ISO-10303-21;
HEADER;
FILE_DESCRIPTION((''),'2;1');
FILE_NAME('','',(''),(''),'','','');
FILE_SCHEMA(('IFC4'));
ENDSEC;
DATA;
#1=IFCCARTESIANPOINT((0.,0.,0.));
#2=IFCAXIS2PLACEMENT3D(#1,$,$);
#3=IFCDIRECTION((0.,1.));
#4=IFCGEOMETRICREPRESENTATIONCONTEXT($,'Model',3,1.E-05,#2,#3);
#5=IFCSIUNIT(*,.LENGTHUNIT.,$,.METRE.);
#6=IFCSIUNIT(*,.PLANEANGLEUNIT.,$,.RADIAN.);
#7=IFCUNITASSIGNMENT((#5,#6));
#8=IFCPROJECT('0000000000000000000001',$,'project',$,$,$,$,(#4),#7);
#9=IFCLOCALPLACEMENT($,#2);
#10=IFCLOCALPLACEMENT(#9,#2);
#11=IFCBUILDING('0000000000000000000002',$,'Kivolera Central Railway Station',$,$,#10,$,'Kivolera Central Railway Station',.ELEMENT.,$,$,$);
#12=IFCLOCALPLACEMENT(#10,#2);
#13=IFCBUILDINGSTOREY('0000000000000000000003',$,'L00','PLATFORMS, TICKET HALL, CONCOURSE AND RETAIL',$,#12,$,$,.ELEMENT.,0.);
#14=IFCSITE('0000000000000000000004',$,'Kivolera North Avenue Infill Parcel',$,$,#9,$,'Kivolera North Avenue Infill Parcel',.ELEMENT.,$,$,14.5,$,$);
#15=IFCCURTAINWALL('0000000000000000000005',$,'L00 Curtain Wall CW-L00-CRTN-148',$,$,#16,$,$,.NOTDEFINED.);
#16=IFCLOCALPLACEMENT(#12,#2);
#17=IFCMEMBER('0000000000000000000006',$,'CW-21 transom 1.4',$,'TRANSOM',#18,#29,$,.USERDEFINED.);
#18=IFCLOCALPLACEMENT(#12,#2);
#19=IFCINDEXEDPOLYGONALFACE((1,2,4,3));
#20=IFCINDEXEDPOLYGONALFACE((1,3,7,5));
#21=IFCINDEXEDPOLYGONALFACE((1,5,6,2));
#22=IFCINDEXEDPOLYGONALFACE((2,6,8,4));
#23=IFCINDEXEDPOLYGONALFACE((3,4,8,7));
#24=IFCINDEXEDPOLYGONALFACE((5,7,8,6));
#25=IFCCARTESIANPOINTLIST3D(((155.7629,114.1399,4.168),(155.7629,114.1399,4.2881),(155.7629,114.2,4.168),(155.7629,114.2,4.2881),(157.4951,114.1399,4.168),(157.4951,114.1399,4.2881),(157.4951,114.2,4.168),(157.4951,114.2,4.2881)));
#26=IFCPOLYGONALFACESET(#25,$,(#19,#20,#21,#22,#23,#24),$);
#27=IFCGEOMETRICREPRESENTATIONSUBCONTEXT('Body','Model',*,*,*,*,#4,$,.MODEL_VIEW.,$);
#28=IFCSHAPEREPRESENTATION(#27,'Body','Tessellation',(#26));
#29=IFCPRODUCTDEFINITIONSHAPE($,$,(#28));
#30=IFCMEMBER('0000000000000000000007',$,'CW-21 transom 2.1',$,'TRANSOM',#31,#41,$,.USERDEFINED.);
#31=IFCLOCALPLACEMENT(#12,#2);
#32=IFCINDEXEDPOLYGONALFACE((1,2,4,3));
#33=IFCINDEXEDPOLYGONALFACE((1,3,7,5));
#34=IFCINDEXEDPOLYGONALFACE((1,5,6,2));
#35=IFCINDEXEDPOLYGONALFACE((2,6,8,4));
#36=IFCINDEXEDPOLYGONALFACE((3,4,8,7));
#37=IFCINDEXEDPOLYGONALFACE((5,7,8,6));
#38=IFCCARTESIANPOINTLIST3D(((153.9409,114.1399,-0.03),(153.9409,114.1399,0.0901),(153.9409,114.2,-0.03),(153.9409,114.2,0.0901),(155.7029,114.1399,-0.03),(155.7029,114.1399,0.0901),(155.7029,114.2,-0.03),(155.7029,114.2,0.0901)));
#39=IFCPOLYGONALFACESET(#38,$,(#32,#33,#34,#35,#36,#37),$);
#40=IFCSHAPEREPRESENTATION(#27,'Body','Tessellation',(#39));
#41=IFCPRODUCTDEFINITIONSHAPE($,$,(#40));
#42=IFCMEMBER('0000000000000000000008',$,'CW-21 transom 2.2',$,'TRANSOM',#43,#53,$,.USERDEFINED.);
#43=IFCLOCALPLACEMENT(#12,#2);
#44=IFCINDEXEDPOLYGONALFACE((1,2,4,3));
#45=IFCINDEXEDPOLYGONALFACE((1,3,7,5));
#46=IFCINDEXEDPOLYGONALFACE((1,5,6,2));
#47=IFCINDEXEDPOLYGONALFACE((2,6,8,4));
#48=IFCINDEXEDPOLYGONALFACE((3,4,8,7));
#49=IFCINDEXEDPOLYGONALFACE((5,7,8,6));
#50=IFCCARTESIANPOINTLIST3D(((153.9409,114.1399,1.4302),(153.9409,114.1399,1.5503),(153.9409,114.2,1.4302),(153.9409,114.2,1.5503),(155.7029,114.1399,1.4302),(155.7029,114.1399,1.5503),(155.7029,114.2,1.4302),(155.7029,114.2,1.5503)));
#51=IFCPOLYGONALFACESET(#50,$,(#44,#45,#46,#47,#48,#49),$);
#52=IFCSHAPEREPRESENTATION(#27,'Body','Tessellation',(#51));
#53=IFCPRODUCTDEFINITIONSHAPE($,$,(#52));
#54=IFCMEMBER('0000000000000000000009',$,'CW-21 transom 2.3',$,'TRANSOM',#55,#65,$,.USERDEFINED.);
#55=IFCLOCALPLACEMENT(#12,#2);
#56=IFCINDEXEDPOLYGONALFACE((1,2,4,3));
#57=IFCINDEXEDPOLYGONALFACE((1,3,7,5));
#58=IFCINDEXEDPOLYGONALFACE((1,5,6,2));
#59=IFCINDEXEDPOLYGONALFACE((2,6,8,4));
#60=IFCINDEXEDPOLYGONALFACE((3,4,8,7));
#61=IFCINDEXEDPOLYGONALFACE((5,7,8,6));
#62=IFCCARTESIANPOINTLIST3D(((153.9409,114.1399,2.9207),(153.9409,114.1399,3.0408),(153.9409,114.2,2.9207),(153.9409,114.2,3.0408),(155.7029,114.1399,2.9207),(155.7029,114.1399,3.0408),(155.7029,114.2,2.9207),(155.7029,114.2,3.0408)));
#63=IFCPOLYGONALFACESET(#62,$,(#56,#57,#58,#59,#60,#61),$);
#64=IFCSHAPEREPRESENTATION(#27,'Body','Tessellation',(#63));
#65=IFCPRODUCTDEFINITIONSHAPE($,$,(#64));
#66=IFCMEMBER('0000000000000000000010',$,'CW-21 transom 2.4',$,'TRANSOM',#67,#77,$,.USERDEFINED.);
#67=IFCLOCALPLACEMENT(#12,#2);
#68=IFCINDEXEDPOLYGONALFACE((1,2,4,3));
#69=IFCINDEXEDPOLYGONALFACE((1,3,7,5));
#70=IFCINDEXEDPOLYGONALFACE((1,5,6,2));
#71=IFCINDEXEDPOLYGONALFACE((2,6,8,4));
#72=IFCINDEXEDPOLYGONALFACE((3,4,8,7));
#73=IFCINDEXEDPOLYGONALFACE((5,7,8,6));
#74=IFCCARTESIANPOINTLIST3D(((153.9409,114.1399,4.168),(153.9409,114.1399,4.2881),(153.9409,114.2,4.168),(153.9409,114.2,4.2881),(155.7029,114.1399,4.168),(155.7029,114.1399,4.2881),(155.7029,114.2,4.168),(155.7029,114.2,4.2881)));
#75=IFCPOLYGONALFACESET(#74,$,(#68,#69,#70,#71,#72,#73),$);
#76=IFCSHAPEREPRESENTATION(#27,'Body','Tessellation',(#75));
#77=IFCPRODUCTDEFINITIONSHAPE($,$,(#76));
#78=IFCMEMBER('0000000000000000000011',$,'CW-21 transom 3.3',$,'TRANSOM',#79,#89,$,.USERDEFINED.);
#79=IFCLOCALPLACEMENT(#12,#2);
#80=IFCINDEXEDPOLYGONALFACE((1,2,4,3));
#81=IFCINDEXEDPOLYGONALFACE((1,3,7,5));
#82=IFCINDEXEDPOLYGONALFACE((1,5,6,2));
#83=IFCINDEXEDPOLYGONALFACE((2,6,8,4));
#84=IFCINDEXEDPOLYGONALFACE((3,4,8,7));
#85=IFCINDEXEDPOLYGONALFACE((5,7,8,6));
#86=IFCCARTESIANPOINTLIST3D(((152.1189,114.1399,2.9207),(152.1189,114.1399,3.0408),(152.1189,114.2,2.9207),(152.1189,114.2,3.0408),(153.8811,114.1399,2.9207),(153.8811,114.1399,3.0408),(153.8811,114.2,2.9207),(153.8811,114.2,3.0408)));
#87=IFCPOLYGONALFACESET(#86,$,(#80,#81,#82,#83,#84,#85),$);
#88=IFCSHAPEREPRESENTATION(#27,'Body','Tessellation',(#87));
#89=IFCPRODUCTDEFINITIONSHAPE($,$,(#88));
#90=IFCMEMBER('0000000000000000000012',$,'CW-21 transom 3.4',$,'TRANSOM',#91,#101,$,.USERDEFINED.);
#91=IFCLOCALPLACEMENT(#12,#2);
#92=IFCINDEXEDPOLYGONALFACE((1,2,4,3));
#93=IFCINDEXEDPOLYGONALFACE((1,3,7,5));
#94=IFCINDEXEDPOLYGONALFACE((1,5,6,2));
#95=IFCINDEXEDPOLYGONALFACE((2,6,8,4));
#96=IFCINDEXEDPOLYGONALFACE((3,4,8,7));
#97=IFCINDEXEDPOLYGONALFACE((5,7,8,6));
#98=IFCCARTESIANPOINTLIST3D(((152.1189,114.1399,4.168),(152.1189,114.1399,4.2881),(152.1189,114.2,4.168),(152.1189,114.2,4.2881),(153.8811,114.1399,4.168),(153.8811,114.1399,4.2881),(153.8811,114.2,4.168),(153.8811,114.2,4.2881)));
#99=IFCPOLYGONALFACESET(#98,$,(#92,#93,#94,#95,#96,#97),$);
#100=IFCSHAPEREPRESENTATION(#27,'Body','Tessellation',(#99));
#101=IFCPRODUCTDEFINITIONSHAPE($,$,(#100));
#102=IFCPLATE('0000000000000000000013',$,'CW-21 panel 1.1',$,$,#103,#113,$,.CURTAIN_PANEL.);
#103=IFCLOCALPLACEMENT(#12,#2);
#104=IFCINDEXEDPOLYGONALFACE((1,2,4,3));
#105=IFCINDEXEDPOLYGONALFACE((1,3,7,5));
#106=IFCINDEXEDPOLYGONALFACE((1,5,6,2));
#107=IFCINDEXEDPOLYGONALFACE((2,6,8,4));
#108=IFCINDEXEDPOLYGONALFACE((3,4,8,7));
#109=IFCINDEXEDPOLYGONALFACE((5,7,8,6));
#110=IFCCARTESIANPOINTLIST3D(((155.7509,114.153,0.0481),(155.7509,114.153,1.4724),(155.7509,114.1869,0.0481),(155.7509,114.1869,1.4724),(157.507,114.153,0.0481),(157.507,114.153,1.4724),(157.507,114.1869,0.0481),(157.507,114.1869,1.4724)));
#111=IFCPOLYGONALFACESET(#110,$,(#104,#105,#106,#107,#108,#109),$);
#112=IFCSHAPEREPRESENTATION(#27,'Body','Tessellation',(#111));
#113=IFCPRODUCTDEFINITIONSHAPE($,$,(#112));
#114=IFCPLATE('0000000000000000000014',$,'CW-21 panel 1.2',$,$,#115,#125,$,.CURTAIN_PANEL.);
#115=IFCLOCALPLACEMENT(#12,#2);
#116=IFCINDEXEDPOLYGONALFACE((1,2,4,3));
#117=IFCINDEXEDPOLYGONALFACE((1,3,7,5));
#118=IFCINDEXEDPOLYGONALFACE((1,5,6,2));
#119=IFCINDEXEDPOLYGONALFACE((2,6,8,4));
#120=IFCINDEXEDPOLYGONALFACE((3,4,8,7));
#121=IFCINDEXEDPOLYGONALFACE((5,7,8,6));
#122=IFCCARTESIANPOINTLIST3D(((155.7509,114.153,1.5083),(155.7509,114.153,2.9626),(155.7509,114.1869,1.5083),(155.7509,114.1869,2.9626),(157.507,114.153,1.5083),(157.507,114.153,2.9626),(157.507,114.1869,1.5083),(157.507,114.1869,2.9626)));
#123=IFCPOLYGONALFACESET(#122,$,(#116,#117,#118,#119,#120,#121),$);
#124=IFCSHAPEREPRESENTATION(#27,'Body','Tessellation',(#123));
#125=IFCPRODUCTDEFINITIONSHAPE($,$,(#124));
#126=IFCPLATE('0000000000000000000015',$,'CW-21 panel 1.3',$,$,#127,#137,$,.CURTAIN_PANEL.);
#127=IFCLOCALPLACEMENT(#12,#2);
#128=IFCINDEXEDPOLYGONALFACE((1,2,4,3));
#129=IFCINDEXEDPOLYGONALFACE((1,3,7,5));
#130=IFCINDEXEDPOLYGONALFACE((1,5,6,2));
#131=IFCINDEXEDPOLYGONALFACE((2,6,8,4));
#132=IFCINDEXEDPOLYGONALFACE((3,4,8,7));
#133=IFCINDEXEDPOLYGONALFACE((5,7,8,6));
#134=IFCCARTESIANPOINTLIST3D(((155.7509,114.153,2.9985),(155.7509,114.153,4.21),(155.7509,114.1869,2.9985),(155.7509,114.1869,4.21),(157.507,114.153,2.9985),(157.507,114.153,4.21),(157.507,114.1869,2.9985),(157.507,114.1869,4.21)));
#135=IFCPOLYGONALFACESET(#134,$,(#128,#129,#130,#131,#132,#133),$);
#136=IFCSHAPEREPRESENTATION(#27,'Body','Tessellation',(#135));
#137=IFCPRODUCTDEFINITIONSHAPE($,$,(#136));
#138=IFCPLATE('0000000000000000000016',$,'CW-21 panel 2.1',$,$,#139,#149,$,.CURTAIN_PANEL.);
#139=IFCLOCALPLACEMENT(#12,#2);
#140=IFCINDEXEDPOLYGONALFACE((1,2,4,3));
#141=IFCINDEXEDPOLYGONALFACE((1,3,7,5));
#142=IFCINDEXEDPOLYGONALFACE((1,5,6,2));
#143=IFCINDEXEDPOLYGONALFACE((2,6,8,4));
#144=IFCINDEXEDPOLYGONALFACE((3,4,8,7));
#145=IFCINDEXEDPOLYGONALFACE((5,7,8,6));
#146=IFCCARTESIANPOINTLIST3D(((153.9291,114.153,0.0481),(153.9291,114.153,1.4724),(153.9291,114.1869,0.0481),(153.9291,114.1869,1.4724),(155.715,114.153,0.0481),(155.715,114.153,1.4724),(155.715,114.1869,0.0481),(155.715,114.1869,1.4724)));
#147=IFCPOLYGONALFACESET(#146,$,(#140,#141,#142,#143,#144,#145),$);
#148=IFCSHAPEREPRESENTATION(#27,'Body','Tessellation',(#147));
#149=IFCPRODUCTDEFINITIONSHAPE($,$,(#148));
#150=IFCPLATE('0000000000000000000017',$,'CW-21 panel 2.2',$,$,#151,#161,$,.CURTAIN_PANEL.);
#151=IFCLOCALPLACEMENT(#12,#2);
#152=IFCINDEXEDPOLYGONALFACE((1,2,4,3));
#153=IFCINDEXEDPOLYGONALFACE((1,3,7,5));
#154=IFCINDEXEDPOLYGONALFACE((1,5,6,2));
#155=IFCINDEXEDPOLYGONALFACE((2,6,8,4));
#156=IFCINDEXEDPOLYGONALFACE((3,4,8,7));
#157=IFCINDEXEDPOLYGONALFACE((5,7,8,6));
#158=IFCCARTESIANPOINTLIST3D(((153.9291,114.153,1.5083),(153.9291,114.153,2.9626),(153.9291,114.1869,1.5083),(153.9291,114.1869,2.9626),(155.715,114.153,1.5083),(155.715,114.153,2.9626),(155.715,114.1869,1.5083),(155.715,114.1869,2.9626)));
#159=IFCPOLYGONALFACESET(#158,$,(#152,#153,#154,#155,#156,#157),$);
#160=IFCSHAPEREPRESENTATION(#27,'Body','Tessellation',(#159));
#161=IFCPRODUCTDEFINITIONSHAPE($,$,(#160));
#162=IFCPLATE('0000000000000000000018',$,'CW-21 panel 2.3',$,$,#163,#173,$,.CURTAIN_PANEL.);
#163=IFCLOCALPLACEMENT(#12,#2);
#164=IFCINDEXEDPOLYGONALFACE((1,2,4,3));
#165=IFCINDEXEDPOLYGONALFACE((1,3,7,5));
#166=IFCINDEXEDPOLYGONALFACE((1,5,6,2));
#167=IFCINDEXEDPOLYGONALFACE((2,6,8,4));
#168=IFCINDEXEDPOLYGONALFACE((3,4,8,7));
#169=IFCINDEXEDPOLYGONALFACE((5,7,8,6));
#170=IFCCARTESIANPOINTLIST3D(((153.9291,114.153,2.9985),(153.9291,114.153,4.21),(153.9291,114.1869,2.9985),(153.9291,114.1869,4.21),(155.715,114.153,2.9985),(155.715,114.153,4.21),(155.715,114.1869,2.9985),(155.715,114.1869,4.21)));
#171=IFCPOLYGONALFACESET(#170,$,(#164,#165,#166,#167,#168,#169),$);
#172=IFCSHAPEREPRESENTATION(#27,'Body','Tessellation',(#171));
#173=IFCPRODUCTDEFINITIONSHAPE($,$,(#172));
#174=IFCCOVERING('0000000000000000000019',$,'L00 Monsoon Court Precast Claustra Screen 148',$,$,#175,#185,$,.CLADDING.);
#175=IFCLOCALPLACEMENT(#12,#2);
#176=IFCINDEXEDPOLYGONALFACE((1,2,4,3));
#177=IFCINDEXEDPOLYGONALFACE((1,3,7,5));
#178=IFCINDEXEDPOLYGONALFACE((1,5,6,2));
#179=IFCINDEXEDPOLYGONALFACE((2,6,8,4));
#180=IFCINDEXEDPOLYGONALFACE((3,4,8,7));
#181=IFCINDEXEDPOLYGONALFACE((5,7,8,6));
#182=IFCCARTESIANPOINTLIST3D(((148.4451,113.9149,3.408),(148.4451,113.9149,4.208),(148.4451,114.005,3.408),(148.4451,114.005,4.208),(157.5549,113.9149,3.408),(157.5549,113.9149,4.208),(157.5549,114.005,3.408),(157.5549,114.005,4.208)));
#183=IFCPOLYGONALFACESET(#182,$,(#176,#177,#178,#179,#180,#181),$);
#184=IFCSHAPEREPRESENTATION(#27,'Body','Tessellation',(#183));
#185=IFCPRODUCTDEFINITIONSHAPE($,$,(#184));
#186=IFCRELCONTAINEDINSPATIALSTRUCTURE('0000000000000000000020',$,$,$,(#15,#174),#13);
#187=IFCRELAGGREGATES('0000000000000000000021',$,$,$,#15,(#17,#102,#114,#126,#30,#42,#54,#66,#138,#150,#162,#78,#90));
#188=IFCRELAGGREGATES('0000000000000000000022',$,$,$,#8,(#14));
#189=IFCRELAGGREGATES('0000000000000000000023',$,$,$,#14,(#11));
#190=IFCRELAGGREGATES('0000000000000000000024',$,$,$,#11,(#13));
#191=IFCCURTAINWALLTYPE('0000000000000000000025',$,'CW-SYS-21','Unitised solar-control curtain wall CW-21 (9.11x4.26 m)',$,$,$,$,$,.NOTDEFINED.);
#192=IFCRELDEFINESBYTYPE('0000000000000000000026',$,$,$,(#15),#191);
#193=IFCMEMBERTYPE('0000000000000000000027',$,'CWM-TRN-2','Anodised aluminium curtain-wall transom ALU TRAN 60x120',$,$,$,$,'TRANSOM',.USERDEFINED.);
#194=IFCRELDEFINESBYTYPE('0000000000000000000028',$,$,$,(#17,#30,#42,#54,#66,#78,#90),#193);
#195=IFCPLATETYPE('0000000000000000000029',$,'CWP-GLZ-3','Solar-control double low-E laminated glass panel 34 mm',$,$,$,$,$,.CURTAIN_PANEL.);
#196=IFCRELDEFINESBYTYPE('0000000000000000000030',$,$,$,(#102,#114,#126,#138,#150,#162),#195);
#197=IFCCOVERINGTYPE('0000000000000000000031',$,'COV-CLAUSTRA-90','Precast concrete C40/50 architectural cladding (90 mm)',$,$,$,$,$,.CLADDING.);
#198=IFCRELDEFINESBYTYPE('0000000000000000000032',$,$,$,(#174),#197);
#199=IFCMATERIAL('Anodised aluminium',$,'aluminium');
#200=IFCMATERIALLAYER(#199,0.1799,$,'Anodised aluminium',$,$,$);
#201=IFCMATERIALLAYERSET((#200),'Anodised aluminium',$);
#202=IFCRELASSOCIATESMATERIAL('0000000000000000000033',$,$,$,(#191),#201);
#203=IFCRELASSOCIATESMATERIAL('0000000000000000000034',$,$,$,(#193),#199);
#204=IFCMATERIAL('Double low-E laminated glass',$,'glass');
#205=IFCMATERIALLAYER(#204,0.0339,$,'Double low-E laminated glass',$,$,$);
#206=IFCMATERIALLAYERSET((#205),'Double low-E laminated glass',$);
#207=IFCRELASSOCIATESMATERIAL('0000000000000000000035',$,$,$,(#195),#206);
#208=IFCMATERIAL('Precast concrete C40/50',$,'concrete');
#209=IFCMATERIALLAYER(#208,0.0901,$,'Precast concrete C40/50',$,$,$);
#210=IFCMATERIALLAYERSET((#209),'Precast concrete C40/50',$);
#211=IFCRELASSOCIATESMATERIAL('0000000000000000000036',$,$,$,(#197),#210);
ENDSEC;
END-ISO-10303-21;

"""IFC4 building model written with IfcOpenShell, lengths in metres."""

from ifc_helpers import new_model, si_unit, direction, frame, frame_2d, origin, origin_2d, place, context, subcontext, project, spatial, rectangle, extrude, material, layer, layer_set, material_profile, profile_set, type_object, element, aggregate, save


model = new_model("IFC4")

# Units and contexts
model_context = context("Model", 3, precision=1e-05, world=origin(), true_north=direction((0.0, 1.0)))
body_context = subcontext(model_context, "Body", "Model", "MODEL_VIEW")
ifc_project = project(units=[si_unit("LENGTHUNIT", "METRE"), si_unit("PLANEANGLEUNIT", "RADIAN")], contexts=[model_context])

# Site, building, storey
site_placement = place(None, origin())
site = spatial("IfcSite", under=ifc_project, at=site_placement, Name="Kivolera North Avenue Infill Parcel", LongName="Kivolera North Avenue Infill Parcel", CompositionType="ELEMENT", RefElevation=14.5)
building_placement = place(site_placement, origin())
building = spatial("IfcBuilding", under=site, at=building_placement, Name="Kivolera Central Railway Station", LongName="Kivolera Central Railway Station", CompositionType="ELEMENT")
storey_placement = place(building_placement, origin())
storey = spatial("IfcBuildingStorey", under=building, at=storey_placement, Name="L00", Description="PLATFORMS, TICKET HALL, CONCOURSE AND RETAIL", CompositionType="ELEMENT", Elevation=0.0)

# Curtain wall
ifc_material_1 = material(Name="Anodised aluminium", Category="aluminium")
ifc_layer_1 = layer(ifc_material_1, 0.1799, Name="Anodised aluminium")
ifc_layer_set_1 = layer_set([ifc_layer_1], Name="Anodised aluminium")
curtain_wall_type = type_object("IfcCurtainWallType", Name="CW-SYS-21", Description="Unitised solar-control curtain wall CW-21 (9.11x4.26 m)", PredefinedType="NOTDEFINED", material=ifc_layer_set_1)
curtain_wall_1_placement = place(storey_placement, origin())
curtain_wall_1 = element("IfcCurtainWall", 1, at=curtain_wall_1_placement, inside=storey, type_object=curtain_wall_type, Name="L00 Curtain Wall CW-L00-CRTN-148", PredefinedType="NOTDEFINED")

# Members
ifc_material_profile_1 = material_profile(ifc_material_1, rectangle(XDim=0.0601, YDim=0.1201, at=origin_2d()), Name="ALU TRAN 60x120")
ifc_profile_set_1 = profile_set([ifc_material_profile_1], Name="Anodised aluminium")
member_type_1 = type_object("IfcMemberType", Name="CWM-TRN-2", Description="Anodised aluminium curtain-wall transom ALU TRAN 60x120", ElementType="TRANSOM", PredefinedType="USERDEFINED", material=ifc_profile_set_1)
member_1_placement = place(storey_placement, frame((157.4951, 114.1699, 4.228), z_axis=(-1.0, 0.0, 0.0), x_axis=(0.0, -1.0, 0.0)))
member_1 = element("IfcMember", 2, at=member_1_placement, type_object=member_type_1, Name="CW-21 transom 1.4", ObjectType="TRANSOM", PredefinedType="USERDEFINED", context=body_context, shape_type="SweptSolid", body=[
    extrude(rectangle(XDim=0.0601, YDim=0.1201, at=origin_2d()), origin(), (0.0, 0.0, 1.0), 1.7322),
])
member_2_placement = place(storey_placement, frame((155.7029, 114.1699, 0.03), z_axis=(-1.0, 0.0, 0.0), x_axis=(0.0, -1.0, 0.0)))
member_2 = element("IfcMember", 3, at=member_2_placement, type_object=member_type_1, Name="CW-21 transom 2.1", ObjectType="TRANSOM", PredefinedType="USERDEFINED", context=body_context, shape_type="SweptSolid", body=[
    extrude(rectangle(XDim=0.0601, YDim=0.1201, at=origin_2d()), origin(), (0.0, 0.0, 1.0), 1.762),
])
member_3_placement = place(storey_placement, frame((155.7029, 114.1699, 1.4902), z_axis=(-1.0, 0.0, 0.0), x_axis=(0.0, -1.0, 0.0)))
member_3 = element("IfcMember", 4, at=member_3_placement, type_object=member_type_1, Name="CW-21 transom 2.2", ObjectType="TRANSOM", PredefinedType="USERDEFINED", context=body_context, shape_type="SweptSolid", body=[
    extrude(rectangle(XDim=0.0601, YDim=0.1201, at=origin_2d()), origin(), (0.0, 0.0, 1.0), 1.762),
])
member_4_placement = place(storey_placement, frame((155.7029, 114.1699, 2.9807), z_axis=(-1.0, 0.0, 0.0), x_axis=(0.0, -1.0, 0.0)))
member_4 = element("IfcMember", 5, at=member_4_placement, type_object=member_type_1, Name="CW-21 transom 2.3", ObjectType="TRANSOM", PredefinedType="USERDEFINED", context=body_context, shape_type="SweptSolid", body=[
    extrude(rectangle(XDim=0.0601, YDim=0.1201, at=origin_2d()), origin(), (0.0, 0.0, 1.0), 1.762),
])
member_5_placement = place(storey_placement, frame((155.7029, 114.1699, 4.228), z_axis=(-1.0, 0.0, 0.0), x_axis=(0.0, -1.0, 0.0)))
member_5 = element("IfcMember", 6, at=member_5_placement, type_object=member_type_1, Name="CW-21 transom 2.4", ObjectType="TRANSOM", PredefinedType="USERDEFINED", context=body_context, shape_type="SweptSolid", body=[
    extrude(rectangle(XDim=0.0601, YDim=0.1201, at=origin_2d()), origin(), (0.0, 0.0, 1.0), 1.762),
])
member_6_placement = place(storey_placement, frame((153.8811, 114.1699, 2.9807), z_axis=(-1.0, 0.0, 0.0), x_axis=(0.0, -1.0, 0.0)))
member_6 = element("IfcMember", 7, at=member_6_placement, type_object=member_type_1, Name="CW-21 transom 3.3", ObjectType="TRANSOM", PredefinedType="USERDEFINED", context=body_context, shape_type="SweptSolid", body=[
    extrude(rectangle(XDim=0.0601, YDim=0.1201, at=origin_2d()), origin(), (0.0, 0.0, 1.0), 1.7622),
])
member_7_placement = place(storey_placement, frame((153.8811, 114.1699, 4.228), z_axis=(-1.0, 0.0, 0.0), x_axis=(0.0, -1.0, 0.0)))
member_7 = element("IfcMember", 8, at=member_7_placement, type_object=member_type_1, Name="CW-21 transom 3.4", ObjectType="TRANSOM", PredefinedType="USERDEFINED", context=body_context, shape_type="SweptSolid", body=[
    extrude(rectangle(XDim=0.0601, YDim=0.1201, at=origin_2d()), origin(), (0.0, 0.0, 1.0), 1.7622),
])

# Plates
ifc_material_2 = material(Name="Double low-E laminated glass", Category="glass")
ifc_layer_2 = layer(ifc_material_2, 0.0339, Name="Double low-E laminated glass")
ifc_layer_set_2 = layer_set([ifc_layer_2], Name="Double low-E laminated glass")
plate_type = type_object("IfcPlateType", Name="CWP-GLZ-3", Description="Solar-control double low-E laminated glass panel 34 mm", PredefinedType="CURTAIN_PANEL", material=ifc_layer_set_2)
plate_1_placement = place(storey_placement, frame((156.6289, 114.1699, 0.0481), z_axis=(0.0, 0.0, 1.0), x_axis=(-1.0, 0.0, 0.0)))
plate_1 = element("IfcPlate", 9, at=plate_1_placement, type_object=plate_type, Name="CW-21 panel 1.1", PredefinedType="CURTAIN_PANEL", context=body_context, shape_type="SweptSolid", body=[
    extrude(rectangle(XDim=1.7561, YDim=0.0339, at=origin_2d()), origin(), (0.0, 0.0, 1.0), 1.4243),
])
plate_2_placement = place(storey_placement, frame((156.6289, 114.1699, 1.5083), z_axis=(0.0, 0.0, 1.0), x_axis=(-1.0, 0.0, 0.0)))
plate_2 = element("IfcPlate", 10, at=plate_2_placement, type_object=plate_type, Name="CW-21 panel 1.2", PredefinedType="CURTAIN_PANEL", context=body_context, shape_type="SweptSolid", body=[
    extrude(rectangle(XDim=1.7561, YDim=0.0339, at=origin_2d()), origin(), (0.0, 0.0, 1.0), 1.4543),
])
plate_3_placement = place(storey_placement, frame((156.6289, 114.1699, 2.9985), z_axis=(0.0, 0.0, 1.0), x_axis=(-1.0, 0.0, 0.0)))
plate_3 = element("IfcPlate", 11, at=plate_3_placement, type_object=plate_type, Name="CW-21 panel 1.3", PredefinedType="CURTAIN_PANEL", context=body_context, shape_type="SweptSolid", body=[
    extrude(rectangle(XDim=1.7561, YDim=0.0339, at=origin_2d()), origin(), (0.0, 0.0, 1.0), 1.2114),
])
plate_4_placement = place(storey_placement, frame((154.822, 114.1699, 0.0481), z_axis=(0.0, 0.0, 1.0), x_axis=(-1.0, 0.0, 0.0)))
plate_4 = element("IfcPlate", 12, at=plate_4_placement, type_object=plate_type, Name="CW-21 panel 2.1", PredefinedType="CURTAIN_PANEL", context=body_context, shape_type="SweptSolid", body=[
    extrude(rectangle(XDim=1.7859, YDim=0.0339, at=origin_2d()), origin(), (0.0, 0.0, 1.0), 1.4243),
])
plate_5_placement = place(storey_placement, frame((154.822, 114.1699, 1.5083), z_axis=(0.0, 0.0, 1.0), x_axis=(-1.0, 0.0, 0.0)))
plate_5 = element("IfcPlate", 13, at=plate_5_placement, type_object=plate_type, Name="CW-21 panel 2.2", PredefinedType="CURTAIN_PANEL", context=body_context, shape_type="SweptSolid", body=[
    extrude(rectangle(XDim=1.7859, YDim=0.0339, at=origin_2d()), origin(), (0.0, 0.0, 1.0), 1.4543),
])
plate_6_placement = place(storey_placement, frame((154.822, 114.1699, 2.9985), z_axis=(0.0, 0.0, 1.0), x_axis=(-1.0, 0.0, 0.0)))
plate_6 = element("IfcPlate", 14, at=plate_6_placement, type_object=plate_type, Name="CW-21 panel 2.3", PredefinedType="CURTAIN_PANEL", context=body_context, shape_type="SweptSolid", body=[
    extrude(rectangle(XDim=1.7859, YDim=0.0339, at=origin_2d()), origin(), (0.0, 0.0, 1.0), 1.2114),
])
aggregate(curtain_wall_1, [member_1, plate_1, plate_2, plate_3, member_2, member_3, member_4, member_5, plate_4, plate_5, plate_6, member_6, member_7])

# Covering
ifc_material_3 = material(Name="Precast concrete C40/50", Category="concrete")
ifc_layer_3 = layer(ifc_material_3, 0.0901, Name="Precast concrete C40/50")
ifc_layer_set_3 = layer_set([ifc_layer_3], Name="Precast concrete C40/50")
covering_type = type_object("IfcCoveringType", Name="COV-CLAUSTRA-90", Description="Precast concrete C40/50 architectural cladding (90 mm)", PredefinedType="CLADDING", material=ifc_layer_set_3)
covering_placement = place(storey_placement, frame((157.5549, 113.96, 3.408), z_axis=(0.0, 0.0, 1.0), x_axis=(-1.0, 0.0, 0.0)))
element("IfcCovering", 15, at=covering_placement, inside=storey, type_object=covering_type, Name="L00 Monsoon Court Precast Claustra Screen 148", PredefinedType="CLADDING", context=body_context, shape_type="SweptSolid", body=[
    extrude(rectangle(XDim=9.1099, YDim=0.0901, at=frame_2d((4.5549, 0.0))), origin(), (0.0, 0.0, 1.0), 0.8),
])

save(model, "model.ifc")
